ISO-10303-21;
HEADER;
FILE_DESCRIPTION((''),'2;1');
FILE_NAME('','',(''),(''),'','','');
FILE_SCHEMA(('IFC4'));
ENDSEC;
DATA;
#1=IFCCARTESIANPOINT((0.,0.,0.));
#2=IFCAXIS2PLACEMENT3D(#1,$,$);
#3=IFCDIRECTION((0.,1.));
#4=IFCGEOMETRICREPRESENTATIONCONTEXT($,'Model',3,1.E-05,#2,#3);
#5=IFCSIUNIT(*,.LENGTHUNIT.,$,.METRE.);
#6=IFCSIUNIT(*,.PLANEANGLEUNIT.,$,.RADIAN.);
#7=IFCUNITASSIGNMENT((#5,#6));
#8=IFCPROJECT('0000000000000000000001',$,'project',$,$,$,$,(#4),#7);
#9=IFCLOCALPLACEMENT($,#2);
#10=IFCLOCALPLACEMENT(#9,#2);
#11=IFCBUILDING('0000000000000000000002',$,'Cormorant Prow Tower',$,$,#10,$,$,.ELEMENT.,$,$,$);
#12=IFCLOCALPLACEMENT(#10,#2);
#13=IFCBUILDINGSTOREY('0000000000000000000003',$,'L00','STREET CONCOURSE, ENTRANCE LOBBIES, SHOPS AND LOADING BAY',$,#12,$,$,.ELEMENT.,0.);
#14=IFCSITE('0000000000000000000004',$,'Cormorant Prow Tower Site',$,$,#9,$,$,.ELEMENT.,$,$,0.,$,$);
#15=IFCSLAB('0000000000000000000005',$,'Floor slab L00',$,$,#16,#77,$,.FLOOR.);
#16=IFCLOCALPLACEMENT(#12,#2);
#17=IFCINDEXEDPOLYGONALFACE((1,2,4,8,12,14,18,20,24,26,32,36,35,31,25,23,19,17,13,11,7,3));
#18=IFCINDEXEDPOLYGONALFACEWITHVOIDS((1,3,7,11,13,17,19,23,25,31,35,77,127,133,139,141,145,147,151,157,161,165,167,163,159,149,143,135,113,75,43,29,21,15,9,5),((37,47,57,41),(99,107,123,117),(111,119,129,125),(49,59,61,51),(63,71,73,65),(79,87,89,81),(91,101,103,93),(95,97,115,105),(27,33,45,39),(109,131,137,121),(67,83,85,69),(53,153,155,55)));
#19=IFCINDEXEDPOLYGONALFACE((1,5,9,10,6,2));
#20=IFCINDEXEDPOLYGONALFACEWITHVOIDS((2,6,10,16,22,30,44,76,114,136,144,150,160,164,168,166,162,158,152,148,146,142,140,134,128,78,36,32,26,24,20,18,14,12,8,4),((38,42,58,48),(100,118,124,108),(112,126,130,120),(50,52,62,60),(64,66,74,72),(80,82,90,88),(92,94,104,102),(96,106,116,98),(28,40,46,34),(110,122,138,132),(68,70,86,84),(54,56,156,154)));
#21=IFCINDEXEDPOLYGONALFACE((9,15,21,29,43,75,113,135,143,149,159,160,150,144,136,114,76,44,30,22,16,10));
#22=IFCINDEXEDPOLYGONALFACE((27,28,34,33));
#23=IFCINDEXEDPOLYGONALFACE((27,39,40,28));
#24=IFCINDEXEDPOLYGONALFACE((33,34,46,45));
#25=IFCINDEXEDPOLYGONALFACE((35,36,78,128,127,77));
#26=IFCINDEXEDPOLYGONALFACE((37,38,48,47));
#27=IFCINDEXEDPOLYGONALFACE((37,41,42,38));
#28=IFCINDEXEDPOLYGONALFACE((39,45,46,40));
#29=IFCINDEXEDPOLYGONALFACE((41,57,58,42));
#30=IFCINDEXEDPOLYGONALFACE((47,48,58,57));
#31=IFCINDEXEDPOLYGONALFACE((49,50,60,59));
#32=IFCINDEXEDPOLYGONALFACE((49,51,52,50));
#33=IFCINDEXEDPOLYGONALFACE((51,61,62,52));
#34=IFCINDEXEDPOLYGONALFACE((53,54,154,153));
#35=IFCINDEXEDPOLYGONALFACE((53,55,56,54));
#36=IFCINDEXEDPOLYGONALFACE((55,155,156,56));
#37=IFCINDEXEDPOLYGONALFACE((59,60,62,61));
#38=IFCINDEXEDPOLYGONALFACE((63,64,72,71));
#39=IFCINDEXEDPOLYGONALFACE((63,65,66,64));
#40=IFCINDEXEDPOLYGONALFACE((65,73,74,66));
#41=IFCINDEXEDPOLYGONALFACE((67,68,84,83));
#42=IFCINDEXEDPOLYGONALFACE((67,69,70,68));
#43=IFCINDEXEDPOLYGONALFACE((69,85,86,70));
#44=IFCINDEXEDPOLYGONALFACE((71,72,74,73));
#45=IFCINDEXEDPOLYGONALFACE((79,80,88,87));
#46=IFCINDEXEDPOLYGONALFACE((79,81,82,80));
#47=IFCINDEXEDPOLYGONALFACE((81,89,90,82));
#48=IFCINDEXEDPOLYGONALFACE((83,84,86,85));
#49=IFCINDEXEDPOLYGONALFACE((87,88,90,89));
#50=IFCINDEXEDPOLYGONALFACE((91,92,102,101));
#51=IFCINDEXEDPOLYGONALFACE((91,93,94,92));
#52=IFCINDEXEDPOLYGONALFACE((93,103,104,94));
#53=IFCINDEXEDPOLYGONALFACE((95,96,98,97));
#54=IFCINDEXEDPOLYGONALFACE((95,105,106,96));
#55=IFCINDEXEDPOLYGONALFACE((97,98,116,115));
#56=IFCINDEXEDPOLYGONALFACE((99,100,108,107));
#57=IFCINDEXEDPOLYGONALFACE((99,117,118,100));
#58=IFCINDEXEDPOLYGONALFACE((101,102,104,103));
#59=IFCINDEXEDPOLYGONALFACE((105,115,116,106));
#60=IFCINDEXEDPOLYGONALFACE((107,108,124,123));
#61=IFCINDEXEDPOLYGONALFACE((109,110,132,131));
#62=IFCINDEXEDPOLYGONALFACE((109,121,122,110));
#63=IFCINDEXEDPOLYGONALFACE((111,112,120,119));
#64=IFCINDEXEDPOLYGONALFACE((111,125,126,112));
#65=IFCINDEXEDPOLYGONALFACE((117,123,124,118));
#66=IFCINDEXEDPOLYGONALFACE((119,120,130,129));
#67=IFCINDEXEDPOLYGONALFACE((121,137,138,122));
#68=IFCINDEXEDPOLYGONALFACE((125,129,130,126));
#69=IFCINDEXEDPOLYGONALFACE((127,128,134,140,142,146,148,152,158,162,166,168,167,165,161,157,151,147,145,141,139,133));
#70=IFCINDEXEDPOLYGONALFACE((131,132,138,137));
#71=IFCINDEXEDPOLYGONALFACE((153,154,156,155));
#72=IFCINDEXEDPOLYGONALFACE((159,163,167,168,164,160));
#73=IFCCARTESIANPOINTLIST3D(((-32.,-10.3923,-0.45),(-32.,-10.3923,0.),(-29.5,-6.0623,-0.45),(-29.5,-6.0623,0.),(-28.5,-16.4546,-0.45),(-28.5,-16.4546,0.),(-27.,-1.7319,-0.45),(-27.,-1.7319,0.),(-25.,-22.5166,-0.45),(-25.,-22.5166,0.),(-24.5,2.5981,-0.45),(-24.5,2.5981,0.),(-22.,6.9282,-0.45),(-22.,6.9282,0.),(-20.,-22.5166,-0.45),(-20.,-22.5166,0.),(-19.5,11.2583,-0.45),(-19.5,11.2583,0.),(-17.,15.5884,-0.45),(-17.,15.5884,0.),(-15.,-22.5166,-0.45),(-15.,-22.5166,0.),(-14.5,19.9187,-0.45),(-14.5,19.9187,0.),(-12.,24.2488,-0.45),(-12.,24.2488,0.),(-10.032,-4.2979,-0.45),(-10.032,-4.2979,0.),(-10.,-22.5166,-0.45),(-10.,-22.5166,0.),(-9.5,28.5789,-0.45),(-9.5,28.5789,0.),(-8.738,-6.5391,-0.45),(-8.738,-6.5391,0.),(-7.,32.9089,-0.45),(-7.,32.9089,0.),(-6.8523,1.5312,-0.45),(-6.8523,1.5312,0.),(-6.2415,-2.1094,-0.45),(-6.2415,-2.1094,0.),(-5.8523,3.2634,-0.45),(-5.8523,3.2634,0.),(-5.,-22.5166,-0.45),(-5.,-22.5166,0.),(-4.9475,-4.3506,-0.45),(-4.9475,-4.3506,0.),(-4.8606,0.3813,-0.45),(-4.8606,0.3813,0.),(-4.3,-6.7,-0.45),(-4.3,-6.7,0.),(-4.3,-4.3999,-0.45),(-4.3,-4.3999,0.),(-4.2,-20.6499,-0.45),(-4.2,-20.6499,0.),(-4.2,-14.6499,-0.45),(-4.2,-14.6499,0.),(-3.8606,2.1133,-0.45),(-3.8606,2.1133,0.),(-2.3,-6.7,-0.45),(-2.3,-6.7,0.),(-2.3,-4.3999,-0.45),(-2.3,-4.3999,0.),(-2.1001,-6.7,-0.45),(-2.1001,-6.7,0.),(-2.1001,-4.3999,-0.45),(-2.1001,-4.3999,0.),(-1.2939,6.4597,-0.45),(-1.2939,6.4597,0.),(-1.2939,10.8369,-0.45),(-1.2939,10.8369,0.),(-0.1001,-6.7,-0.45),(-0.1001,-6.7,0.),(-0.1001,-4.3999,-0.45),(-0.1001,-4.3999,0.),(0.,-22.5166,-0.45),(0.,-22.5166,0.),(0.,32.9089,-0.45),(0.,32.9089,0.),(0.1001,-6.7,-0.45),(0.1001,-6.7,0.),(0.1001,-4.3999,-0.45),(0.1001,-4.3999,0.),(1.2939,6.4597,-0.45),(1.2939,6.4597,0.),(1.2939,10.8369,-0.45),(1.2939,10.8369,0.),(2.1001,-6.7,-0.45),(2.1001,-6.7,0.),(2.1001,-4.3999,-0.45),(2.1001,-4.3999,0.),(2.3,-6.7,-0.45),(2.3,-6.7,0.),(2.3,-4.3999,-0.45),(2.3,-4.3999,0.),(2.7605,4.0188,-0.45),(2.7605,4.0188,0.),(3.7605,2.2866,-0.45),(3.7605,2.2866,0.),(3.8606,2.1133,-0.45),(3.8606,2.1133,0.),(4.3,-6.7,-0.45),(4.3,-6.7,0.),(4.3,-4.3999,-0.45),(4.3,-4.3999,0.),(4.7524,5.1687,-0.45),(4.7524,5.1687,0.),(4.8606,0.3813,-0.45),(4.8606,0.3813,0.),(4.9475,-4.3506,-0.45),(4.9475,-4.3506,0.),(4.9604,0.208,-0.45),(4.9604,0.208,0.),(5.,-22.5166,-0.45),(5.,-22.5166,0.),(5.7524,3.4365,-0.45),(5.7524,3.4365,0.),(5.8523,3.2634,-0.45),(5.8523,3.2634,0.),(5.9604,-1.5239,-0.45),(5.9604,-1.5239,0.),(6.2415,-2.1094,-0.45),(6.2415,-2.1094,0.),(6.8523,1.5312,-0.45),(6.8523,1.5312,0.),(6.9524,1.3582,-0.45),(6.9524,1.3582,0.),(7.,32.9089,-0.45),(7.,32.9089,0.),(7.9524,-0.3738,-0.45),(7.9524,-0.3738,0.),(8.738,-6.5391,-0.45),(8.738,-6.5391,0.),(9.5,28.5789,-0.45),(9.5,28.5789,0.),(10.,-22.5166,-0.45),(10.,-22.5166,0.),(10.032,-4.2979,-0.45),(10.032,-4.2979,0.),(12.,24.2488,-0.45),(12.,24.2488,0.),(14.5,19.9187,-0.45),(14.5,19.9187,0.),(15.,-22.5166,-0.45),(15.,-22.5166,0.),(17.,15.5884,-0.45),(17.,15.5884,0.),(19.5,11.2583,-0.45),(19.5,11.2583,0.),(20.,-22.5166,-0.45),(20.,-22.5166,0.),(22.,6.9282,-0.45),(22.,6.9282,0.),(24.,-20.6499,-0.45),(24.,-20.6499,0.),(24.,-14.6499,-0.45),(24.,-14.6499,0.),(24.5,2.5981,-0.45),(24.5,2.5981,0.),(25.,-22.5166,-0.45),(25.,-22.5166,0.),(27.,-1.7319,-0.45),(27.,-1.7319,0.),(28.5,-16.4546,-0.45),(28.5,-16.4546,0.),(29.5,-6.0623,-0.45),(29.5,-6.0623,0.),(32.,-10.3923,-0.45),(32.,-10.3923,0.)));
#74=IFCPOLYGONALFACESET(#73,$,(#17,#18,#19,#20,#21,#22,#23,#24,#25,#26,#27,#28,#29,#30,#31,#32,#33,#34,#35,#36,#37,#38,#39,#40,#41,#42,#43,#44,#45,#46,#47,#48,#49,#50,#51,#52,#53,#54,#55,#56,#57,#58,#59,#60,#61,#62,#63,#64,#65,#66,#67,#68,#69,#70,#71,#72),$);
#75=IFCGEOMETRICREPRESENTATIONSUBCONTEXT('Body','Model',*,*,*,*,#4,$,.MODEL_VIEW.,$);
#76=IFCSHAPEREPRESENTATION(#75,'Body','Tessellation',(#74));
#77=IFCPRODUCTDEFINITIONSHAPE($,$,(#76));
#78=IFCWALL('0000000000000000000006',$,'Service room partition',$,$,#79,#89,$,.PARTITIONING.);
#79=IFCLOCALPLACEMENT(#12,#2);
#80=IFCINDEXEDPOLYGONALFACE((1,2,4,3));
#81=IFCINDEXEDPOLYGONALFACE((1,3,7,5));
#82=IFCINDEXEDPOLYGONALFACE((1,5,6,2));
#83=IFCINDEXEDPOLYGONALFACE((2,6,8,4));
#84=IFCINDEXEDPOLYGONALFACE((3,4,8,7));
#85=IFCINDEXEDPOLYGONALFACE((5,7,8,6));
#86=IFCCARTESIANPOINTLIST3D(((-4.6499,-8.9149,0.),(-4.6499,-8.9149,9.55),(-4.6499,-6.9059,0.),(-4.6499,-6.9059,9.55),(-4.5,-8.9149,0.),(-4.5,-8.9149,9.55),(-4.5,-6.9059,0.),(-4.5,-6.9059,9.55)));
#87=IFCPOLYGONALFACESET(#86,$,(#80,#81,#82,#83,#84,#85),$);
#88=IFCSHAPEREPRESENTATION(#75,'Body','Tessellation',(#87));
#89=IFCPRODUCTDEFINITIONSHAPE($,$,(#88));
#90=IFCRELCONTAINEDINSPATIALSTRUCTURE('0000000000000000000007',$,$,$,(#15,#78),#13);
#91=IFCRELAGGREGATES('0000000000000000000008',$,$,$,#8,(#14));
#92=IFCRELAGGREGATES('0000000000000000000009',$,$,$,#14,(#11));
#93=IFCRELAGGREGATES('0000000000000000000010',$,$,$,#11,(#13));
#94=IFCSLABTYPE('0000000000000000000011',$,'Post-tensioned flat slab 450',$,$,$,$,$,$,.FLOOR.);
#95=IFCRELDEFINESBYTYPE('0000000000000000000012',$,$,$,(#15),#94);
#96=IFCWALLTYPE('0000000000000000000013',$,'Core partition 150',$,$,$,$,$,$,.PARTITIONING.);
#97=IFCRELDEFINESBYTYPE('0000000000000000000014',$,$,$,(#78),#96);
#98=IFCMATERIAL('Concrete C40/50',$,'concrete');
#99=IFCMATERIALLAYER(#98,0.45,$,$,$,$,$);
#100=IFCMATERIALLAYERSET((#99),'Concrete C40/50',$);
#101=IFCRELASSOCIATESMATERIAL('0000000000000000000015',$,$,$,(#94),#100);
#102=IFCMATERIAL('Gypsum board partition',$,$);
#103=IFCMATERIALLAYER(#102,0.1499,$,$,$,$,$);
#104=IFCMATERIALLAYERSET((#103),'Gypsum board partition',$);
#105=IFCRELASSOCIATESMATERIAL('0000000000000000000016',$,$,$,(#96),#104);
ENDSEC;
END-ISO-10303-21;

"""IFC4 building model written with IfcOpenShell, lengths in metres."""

from ifc_helpers import new_model, si_unit, direction, frame, frame_2d, origin, place, context, subcontext, project, spatial, polyline, rectangle, outline, extrude, material, layer, layer_set, type_object, element, save


model = new_model("IFC4")

# Units and contexts
model_context = context("Model", 3, precision=1e-05, world=origin(), true_north=direction((0.0, 1.0)))
body_context = subcontext(model_context, "Body", "Model", "MODEL_VIEW")
ifc_project = project(units=[si_unit("LENGTHUNIT", "METRE"), si_unit("PLANEANGLEUNIT", "RADIAN")], contexts=[model_context])

# Site, building, storey
site_placement = place(None, origin())
site = spatial("IfcSite", under=ifc_project, at=site_placement, Name="Cormorant Prow Tower Site", CompositionType="ELEMENT", RefElevation=0.0)
building_placement = place(site_placement, origin())
building = spatial("IfcBuilding", under=site, at=building_placement, Name="Cormorant Prow Tower", CompositionType="ELEMENT")
storey_placement = place(building_placement, origin())
storey = spatial("IfcBuildingStorey", under=building, at=storey_placement, Name="L00", Description="STREET CONCOURSE, ENTRANCE LOBBIES, SHOPS AND LOADING BAY", CompositionType="ELEMENT", Elevation=0.0)

# Slab
ifc_material_1 = material(Name="Concrete C40/50", Category="concrete")
ifc_layer_1 = layer(ifc_material_1, 0.45)
ifc_layer_set_1 = layer_set([ifc_layer_1], Name="Concrete C40/50")
slab_type_1 = type_object("IfcSlabType", Name="Post-tensioned flat slab 450", PredefinedType="FLOOR", material=ifc_layer_set_1)
slab_1_placement = place(storey_placement, frame((0.0, 0.0, -0.45)))
element("IfcSlab", 1, at=slab_1_placement, inside=storey, type_object=slab_type_1, Name="Floor slab L00", PredefinedType="FLOOR", context=body_context, shape_type="SweptSolid", body=[
    extrude(outline(polyline([(-7.0, 32.9089), (-9.5, 28.5789), (-12.0, 24.2488), (-14.5, 19.9187), (-17.0, 15.5884), (-19.5, 11.2583), (-22.0, 6.9282), (-24.5, 2.5981), (-27.0, -1.7319), (-29.5, -6.0623), (-32.0, -10.3923), (-28.5, -16.4546), (-25.0, -22.5166), (-20.0, -22.5166), (-15.0, -22.5166), (-10.0, -22.5166), (-5.0, -22.5166), (0.0, -22.5166), (5.0, -22.5166), (10.0, -22.5166), (15.0, -22.5166), (20.0, -22.5166), (25.0, -22.5166), (28.5, -16.4546), (32.0, -10.3923), (29.5, -6.0623), (27.0, -1.7319), (24.5, 2.5981), (22.0, 6.9282), (19.5, 11.2583), (17.0, 15.5884), (14.5, 19.9187), (12.0, 24.2488), (9.5, 28.5789), (7.0, 32.9089), (0.0, 32.9089), (-7.0, 32.9089)]), holes=[polyline([(-2.3, -6.7), (-4.3, -6.7), (-4.3, -4.3999), (-2.3, -4.3999), (-2.3, -6.7)]), polyline([(-2.1001, -6.7), (-2.1001, -4.3999), (-0.1001, -4.3999), (-0.1001, -6.7), (-2.1001, -6.7)]), polyline([(0.1001, -4.3999), (2.1001, -4.3999), (2.1001, -6.7), (0.1001, -6.7), (0.1001, -4.3999)]), polyline([(4.3, -4.3999), (4.3, -6.7), (2.3, -6.7), (2.3, -4.3999), (4.3, -4.3999)]), polyline([(6.9524, 1.3582), (7.9524, -0.3738), (5.9604, -1.5239), (4.9604, 0.208), (6.9524, 1.3582)]), polyline([(6.8523, 1.5312), (4.8606, 0.3813), (3.8606, 2.1133), (5.8523, 3.2634), (6.8523, 1.5312)]), polyline([(3.7605, 2.2866), (2.7605, 4.0188), (4.7524, 5.1687), (5.7524, 3.4365), (3.7605, 2.2866)]), polyline([(-4.8606, 0.3813), (-6.8523, 1.5312), (-5.8523, 3.2634), (-3.8606, 2.1133), (-4.8606, 0.3813)]), polyline([(-6.2415, -2.1094), (-4.9475, -4.3506), (-8.738, -6.5391), (-10.032, -4.2979), (-6.2415, -2.1094)]), polyline([(6.2415, -2.1094), (10.032, -4.2979), (8.738, -6.5391), (4.9475, -4.3506), (6.2415, -2.1094)]), polyline([(-1.2939, 10.8369), (1.2939, 10.8369), (1.2939, 6.4597), (-1.2939, 6.4597), (-1.2939, 10.8369)]), polyline([(24.0, -14.6499), (24.0, -20.6499), (-4.2, -20.6499), (-4.2, -14.6499), (24.0, -14.6499)])]), origin(), (0.0, 0.0, 1.0), 0.45),
])

# Wall
ifc_material_2 = material(Name="Gypsum board partition")
ifc_layer_2 = layer(ifc_material_2, 0.1499)
ifc_layer_set_2 = layer_set([ifc_layer_2], Name="Gypsum board partition")
wall_type_1 = type_object("IfcWallType", Name="Core partition 150", PredefinedType="PARTITIONING", material=ifc_layer_set_2)
wall_1_placement = place(storey_placement, frame((-4.575, -6.906, 0.0), z_axis=(0.0, 0.0, 1.0), x_axis=(0.0, -1.0, 0.0)))
element("IfcWall", 2, at=wall_1_placement, inside=storey, type_object=wall_type_1, Name="Service room partition", PredefinedType="PARTITIONING", context=body_context, shape_type="SweptSolid", body=[
    extrude(rectangle(XDim=2.009, YDim=0.1499, at=frame_2d((1.0044, 0.0))), origin(), (0.0, 0.0, 1.0), 9.55),
])

save(model, "model.ifc")
